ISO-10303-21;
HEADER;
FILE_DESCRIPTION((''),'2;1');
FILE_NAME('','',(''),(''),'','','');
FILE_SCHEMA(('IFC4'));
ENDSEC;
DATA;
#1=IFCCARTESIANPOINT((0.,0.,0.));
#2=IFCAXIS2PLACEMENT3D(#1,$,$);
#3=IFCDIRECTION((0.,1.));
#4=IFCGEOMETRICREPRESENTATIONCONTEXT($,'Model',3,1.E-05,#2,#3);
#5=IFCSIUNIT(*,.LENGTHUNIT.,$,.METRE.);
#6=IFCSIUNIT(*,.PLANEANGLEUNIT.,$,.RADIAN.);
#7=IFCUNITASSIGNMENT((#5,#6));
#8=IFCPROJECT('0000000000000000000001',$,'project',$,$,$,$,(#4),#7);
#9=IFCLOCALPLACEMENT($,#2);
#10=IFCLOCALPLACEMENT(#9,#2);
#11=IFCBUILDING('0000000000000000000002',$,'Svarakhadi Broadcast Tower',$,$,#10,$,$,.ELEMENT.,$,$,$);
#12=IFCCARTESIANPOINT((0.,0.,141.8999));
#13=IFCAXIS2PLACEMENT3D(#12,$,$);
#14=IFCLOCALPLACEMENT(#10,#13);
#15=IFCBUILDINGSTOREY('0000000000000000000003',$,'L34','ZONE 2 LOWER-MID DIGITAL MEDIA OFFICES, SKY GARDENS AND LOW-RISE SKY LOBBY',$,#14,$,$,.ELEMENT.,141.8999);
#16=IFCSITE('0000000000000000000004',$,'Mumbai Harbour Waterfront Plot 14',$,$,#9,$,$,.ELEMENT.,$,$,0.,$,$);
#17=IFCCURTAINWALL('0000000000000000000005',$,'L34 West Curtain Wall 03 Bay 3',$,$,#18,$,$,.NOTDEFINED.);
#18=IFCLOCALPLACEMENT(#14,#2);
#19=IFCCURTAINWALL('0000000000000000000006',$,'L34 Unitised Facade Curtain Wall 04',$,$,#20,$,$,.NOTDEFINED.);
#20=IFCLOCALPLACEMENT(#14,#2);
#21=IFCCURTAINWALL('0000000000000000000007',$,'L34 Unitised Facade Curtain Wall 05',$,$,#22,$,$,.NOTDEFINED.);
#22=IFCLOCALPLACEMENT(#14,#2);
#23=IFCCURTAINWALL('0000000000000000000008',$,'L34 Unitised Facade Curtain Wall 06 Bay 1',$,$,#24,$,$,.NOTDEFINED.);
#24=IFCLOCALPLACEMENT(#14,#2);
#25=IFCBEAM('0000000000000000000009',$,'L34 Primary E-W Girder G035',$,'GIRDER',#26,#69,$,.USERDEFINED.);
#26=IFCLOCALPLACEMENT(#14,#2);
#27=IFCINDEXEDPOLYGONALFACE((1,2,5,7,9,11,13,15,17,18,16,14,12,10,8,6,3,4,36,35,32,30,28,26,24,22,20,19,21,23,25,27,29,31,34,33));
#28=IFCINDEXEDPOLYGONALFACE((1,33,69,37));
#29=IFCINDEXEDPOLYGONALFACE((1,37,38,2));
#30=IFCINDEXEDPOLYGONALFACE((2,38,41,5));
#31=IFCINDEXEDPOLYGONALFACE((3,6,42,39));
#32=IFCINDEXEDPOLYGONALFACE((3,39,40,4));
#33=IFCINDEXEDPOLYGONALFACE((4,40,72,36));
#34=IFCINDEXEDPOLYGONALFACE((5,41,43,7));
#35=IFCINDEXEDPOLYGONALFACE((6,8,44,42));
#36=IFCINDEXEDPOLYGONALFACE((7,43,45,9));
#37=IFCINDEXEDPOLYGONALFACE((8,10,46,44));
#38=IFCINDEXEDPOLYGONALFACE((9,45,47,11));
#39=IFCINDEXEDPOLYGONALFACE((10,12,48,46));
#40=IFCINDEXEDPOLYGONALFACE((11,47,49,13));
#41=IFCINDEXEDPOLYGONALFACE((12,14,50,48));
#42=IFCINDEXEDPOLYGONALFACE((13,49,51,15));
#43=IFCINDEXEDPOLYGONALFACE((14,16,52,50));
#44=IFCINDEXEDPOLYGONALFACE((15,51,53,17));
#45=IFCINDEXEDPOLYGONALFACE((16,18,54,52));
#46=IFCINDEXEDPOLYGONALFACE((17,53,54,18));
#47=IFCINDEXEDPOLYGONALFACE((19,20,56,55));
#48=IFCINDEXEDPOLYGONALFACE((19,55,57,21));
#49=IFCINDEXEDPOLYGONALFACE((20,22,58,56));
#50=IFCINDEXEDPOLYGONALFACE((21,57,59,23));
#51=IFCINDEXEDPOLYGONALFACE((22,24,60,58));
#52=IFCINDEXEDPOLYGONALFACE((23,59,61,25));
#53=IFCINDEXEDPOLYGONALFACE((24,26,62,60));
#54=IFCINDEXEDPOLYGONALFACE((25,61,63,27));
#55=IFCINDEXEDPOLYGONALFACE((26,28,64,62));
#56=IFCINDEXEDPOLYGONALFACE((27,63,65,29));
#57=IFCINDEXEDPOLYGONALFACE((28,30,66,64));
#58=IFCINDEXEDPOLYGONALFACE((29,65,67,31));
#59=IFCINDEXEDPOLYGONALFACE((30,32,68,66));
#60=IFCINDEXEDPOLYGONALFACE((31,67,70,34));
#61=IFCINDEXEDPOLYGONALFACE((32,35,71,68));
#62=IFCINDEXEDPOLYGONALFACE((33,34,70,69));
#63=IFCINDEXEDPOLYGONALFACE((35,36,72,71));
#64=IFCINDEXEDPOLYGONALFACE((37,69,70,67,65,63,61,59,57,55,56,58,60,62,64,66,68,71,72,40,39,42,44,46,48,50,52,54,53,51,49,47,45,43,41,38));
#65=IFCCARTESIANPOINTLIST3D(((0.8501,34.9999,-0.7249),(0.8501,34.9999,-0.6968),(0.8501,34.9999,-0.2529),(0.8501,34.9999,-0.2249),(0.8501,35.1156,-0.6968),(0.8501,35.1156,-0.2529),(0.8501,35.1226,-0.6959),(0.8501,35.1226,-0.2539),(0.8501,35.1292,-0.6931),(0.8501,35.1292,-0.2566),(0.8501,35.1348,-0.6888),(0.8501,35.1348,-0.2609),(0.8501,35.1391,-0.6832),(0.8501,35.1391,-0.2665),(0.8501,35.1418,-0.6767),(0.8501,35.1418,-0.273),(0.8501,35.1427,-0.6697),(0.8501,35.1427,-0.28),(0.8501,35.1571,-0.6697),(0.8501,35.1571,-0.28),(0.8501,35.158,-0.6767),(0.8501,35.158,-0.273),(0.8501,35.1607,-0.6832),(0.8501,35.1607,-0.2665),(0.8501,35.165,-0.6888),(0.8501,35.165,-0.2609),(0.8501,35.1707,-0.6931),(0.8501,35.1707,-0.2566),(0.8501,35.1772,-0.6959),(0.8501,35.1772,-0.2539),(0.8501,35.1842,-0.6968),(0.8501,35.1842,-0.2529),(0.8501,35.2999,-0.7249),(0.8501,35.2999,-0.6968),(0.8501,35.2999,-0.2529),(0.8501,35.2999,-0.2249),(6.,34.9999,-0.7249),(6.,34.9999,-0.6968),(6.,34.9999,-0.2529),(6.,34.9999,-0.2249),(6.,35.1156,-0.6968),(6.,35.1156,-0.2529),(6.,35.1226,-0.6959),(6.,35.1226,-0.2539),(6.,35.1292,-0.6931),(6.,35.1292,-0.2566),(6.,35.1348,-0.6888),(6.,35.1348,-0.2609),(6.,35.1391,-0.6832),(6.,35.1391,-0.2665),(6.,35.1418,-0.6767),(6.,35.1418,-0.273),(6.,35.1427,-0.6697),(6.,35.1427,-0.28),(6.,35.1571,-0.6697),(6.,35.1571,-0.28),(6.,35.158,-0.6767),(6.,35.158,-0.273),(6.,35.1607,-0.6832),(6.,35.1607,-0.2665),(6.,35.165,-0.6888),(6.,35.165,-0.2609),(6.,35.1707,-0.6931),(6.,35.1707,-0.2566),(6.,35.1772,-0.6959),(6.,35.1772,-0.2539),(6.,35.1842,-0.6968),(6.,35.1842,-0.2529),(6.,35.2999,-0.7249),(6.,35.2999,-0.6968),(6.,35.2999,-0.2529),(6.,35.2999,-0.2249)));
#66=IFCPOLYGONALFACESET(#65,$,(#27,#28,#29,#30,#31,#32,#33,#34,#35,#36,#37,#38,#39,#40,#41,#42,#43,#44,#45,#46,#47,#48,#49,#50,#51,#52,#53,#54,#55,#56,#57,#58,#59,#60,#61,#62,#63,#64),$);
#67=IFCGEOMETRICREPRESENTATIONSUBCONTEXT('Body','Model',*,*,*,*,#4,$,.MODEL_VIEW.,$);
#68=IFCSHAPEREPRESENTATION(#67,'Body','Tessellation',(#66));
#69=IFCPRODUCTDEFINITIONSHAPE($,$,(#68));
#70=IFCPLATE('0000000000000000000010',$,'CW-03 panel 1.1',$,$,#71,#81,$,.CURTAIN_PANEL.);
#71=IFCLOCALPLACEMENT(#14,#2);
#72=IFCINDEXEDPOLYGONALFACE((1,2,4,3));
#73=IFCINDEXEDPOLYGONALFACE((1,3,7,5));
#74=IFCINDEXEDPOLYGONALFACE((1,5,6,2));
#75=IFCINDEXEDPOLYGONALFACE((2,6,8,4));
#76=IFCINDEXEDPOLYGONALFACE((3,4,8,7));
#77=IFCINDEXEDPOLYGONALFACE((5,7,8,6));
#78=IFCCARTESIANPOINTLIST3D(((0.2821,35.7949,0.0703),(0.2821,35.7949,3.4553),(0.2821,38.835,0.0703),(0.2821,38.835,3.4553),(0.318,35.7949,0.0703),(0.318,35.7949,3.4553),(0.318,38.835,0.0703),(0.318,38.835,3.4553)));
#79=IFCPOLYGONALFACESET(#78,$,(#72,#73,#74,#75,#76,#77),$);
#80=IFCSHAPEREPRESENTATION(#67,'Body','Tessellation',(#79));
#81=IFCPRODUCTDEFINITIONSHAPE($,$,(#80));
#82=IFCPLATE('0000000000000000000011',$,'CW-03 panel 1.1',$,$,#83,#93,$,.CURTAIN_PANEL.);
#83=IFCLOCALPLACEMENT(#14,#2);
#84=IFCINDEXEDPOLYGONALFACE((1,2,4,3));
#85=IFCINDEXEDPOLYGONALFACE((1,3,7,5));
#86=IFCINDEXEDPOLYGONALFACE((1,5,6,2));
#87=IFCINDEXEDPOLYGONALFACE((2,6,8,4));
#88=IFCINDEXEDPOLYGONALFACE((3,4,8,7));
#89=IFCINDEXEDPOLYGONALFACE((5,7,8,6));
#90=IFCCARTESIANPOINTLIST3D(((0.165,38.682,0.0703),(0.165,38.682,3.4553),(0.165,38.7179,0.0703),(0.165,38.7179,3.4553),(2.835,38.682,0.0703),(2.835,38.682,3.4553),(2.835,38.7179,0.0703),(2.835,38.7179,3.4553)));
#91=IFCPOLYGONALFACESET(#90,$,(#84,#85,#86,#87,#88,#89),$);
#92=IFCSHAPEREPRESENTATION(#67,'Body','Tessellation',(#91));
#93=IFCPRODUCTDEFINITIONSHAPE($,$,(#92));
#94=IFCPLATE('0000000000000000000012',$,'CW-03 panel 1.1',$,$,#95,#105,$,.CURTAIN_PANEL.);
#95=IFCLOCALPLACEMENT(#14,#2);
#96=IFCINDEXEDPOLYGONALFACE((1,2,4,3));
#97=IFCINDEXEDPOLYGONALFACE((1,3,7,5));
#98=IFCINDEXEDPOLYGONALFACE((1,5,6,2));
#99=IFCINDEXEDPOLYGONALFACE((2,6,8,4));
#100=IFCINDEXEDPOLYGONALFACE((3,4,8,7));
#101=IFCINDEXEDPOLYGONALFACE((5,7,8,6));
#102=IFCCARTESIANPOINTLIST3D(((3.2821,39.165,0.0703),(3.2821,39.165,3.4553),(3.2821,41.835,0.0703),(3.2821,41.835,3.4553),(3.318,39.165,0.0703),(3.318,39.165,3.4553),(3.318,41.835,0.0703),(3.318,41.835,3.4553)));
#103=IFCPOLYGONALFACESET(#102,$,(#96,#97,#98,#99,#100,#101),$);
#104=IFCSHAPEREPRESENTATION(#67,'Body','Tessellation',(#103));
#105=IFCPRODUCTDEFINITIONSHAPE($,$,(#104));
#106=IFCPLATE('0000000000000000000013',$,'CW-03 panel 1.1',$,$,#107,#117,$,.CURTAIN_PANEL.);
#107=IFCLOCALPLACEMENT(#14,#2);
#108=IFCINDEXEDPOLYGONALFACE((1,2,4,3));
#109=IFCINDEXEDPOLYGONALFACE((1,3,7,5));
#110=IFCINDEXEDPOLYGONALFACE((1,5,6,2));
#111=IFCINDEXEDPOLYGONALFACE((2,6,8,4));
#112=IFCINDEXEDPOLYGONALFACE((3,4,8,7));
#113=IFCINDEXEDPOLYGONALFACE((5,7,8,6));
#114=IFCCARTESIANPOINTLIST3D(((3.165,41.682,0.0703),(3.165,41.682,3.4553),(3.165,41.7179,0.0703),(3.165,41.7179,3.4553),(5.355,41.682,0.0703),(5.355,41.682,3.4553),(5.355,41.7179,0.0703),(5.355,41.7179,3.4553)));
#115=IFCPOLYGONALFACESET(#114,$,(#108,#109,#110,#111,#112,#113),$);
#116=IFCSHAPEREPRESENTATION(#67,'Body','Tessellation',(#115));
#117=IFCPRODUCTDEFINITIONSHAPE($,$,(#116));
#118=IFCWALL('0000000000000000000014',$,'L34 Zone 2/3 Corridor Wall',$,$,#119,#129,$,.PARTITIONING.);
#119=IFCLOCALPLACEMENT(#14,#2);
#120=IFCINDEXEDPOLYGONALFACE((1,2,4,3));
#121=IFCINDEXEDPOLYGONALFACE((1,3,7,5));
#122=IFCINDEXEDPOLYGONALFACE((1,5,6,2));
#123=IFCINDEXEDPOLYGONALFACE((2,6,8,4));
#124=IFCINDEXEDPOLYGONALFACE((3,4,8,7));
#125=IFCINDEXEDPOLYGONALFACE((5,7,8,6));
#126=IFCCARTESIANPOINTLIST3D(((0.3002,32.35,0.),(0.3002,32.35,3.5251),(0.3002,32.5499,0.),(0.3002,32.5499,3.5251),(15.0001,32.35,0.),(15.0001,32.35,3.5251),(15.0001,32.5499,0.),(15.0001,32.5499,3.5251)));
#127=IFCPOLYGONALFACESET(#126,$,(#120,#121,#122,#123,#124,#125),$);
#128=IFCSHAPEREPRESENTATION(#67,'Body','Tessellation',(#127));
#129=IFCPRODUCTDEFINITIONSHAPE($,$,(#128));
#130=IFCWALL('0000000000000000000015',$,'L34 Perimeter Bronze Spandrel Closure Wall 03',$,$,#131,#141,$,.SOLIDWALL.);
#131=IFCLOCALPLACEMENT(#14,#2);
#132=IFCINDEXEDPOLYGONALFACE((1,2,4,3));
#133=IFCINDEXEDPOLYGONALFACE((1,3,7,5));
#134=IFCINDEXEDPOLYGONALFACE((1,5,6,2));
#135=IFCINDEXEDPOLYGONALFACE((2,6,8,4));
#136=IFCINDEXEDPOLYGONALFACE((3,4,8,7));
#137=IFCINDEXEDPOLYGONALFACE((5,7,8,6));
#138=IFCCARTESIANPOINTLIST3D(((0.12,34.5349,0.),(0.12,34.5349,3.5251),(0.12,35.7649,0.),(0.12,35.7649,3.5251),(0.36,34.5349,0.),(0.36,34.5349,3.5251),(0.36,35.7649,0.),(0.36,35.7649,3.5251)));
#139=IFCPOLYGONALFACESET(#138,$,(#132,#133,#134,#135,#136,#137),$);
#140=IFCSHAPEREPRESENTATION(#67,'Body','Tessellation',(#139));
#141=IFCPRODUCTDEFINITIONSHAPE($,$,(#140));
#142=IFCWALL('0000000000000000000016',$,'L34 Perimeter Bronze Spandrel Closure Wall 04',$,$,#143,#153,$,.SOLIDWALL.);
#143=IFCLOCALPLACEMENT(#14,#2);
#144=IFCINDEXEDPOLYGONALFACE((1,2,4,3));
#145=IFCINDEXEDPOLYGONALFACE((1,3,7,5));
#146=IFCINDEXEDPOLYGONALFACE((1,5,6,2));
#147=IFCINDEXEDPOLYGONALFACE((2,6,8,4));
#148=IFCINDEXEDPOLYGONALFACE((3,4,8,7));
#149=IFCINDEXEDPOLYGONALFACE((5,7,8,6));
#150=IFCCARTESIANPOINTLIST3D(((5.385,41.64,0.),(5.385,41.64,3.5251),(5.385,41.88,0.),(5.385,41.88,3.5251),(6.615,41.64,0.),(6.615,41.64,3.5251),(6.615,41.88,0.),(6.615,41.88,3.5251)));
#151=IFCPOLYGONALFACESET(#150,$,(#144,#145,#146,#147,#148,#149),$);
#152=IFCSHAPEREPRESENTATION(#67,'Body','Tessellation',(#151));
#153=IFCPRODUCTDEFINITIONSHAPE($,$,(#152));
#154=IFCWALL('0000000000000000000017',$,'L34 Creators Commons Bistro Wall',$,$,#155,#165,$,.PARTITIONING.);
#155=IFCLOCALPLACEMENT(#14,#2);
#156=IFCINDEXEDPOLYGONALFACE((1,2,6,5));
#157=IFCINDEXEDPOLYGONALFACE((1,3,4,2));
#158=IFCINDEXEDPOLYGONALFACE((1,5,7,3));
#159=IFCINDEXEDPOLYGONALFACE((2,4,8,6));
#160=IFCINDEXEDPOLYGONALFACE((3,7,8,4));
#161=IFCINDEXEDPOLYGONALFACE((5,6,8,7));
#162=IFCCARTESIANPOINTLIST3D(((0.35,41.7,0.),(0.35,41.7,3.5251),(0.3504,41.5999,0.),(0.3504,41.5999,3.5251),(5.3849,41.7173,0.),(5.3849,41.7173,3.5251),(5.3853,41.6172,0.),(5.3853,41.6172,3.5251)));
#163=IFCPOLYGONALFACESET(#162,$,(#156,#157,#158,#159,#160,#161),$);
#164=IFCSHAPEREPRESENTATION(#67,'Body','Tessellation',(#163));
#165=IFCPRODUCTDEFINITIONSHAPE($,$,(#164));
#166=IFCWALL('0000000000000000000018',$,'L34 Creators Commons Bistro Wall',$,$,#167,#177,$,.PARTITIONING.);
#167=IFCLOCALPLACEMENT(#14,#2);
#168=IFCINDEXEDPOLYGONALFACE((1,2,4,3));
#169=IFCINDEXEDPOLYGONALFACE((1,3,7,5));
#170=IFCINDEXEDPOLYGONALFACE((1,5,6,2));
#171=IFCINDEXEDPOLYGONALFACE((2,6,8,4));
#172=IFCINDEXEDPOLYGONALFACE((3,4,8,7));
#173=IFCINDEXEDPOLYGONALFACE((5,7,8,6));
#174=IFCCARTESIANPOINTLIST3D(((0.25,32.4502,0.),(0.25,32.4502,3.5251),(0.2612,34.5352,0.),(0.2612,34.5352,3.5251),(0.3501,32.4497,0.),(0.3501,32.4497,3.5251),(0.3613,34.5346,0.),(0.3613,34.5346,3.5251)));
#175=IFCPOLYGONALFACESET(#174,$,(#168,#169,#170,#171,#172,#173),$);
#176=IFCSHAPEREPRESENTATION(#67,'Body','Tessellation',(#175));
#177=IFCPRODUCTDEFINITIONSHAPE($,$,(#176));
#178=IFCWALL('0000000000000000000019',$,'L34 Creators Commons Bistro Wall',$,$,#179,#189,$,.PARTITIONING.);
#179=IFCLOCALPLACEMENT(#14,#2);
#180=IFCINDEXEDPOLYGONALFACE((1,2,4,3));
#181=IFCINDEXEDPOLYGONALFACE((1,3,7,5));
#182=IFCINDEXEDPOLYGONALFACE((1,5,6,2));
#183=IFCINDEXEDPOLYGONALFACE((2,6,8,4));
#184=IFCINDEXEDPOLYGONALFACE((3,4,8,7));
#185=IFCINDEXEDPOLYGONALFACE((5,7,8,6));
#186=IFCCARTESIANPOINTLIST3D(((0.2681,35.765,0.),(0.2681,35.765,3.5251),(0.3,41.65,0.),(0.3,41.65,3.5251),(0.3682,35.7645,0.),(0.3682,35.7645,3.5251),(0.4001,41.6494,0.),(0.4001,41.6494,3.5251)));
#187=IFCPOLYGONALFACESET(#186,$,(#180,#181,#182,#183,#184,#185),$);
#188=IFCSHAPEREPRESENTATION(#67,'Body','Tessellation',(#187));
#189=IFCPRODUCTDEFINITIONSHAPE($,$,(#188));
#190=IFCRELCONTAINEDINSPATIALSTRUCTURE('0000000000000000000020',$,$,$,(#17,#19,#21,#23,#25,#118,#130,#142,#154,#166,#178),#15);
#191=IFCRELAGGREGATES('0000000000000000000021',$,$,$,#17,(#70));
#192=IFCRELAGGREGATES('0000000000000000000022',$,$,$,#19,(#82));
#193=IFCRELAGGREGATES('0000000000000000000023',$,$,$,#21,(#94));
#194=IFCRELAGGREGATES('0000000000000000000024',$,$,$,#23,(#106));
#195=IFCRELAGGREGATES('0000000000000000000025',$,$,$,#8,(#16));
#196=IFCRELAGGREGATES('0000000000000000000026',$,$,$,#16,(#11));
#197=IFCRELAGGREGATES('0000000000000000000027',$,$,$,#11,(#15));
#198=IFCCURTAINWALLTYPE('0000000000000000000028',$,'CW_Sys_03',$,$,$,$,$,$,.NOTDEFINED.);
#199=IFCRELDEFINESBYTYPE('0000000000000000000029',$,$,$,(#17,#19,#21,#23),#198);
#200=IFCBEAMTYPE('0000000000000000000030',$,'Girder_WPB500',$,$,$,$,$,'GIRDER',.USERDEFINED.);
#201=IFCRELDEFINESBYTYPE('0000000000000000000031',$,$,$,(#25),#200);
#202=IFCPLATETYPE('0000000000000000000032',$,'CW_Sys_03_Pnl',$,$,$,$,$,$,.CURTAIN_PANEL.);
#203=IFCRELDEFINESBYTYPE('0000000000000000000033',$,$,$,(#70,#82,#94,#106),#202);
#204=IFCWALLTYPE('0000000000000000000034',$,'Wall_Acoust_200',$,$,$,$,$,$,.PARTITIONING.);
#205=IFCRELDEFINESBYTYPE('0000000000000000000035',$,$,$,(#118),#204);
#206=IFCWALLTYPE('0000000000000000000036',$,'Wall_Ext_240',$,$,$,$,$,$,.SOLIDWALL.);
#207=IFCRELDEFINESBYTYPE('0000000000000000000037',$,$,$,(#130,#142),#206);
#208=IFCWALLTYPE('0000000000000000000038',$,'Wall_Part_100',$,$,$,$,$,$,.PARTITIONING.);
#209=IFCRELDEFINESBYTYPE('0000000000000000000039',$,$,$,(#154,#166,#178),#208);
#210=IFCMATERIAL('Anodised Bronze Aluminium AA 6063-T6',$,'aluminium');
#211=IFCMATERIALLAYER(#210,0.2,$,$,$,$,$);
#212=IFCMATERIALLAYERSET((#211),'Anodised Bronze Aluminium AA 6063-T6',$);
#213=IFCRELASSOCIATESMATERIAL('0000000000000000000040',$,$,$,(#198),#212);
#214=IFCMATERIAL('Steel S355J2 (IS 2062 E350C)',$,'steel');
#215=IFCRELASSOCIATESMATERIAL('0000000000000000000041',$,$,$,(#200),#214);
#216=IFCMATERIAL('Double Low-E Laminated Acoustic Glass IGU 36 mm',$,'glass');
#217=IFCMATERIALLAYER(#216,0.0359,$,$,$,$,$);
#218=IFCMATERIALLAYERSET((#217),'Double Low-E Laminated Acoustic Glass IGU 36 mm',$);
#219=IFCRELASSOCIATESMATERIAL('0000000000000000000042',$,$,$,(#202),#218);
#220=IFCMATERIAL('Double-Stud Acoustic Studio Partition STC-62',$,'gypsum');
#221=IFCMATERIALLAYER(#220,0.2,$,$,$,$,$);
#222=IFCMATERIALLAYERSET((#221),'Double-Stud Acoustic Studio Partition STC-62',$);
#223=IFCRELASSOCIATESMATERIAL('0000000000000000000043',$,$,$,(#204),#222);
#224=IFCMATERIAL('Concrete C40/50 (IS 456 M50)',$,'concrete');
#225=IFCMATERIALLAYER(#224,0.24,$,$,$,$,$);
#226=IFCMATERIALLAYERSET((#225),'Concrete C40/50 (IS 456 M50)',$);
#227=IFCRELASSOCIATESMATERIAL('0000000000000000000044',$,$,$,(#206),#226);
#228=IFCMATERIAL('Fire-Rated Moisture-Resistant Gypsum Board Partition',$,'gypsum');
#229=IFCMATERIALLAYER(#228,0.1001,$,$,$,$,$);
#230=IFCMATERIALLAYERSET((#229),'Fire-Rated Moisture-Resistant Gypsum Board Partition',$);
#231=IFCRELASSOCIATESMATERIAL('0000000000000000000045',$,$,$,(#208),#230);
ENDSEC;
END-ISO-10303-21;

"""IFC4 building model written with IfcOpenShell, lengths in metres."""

from ifc_helpers import new_model, si_unit, direction, frame, frame_2d, origin, origin_2d, place, context, subcontext, project, spatial, rectangle, i_section, extrude, material, layer, layer_set, material_profile, profile_set, type_object, element, aggregate, save


model = new_model("IFC4")

# Units and contexts
model_context = context("Model", 3, precision=1e-05, world=origin(), true_north=direction((0.0, 1.0)))
body_context = subcontext(model_context, "Body", "Model", "MODEL_VIEW")
ifc_project = project(units=[si_unit("LENGTHUNIT", "METRE"), si_unit("PLANEANGLEUNIT", "RADIAN")], contexts=[model_context])

# Site, building, storey
site_placement = place(None, origin())
site = spatial("IfcSite", under=ifc_project, at=site_placement, Name="Mumbai Harbour Waterfront Plot 14", CompositionType="ELEMENT", RefElevation=0.0)
building_placement = place(site_placement, origin())
building = spatial("IfcBuilding", under=site, at=building_placement, Name="Svarakhadi Broadcast Tower", CompositionType="ELEMENT")
storey_placement = place(building_placement, frame((0.0, 0.0, 141.8999)))
storey = spatial("IfcBuildingStorey", under=building, at=storey_placement, Name="L34", Description="ZONE 2 LOWER-MID DIGITAL MEDIA OFFICES, SKY GARDENS AND LOW-RISE SKY LOBBY", CompositionType="ELEMENT", Elevation=141.8999)

# Shared definitions
ifc_material_1 = material(Name="Steel S355J2 (IS 2062 E350C)", Category="steel")

# Shared definitions
ifc_material_2 = material(Name="Anodised Bronze Aluminium AA 6063-T6", Category="aluminium")
ifc_layer_1 = layer(ifc_material_2, 0.2)
ifc_layer_set_1 = layer_set([ifc_layer_1], Name="Anodised Bronze Aluminium AA 6063-T6")
curtain_wall_type = type_object("IfcCurtainWallType", Name="CW_Sys_03", PredefinedType="NOTDEFINED", material=ifc_layer_set_1)

# Curtain walls
curtain_wall_1_placement = place(storey_placement, origin())
curtain_wall_1 = element("IfcCurtainWall", 1, at=curtain_wall_1_placement, inside=storey, type_object=curtain_wall_type, Name="L34 West Curtain Wall 03 Bay 3", PredefinedType="NOTDEFINED")
curtain_wall_2_placement = place(storey_placement, origin())
curtain_wall_2 = element("IfcCurtainWall", 2, at=curtain_wall_2_placement, inside=storey, type_object=curtain_wall_type, Name="L34 Unitised Facade Curtain Wall 04", PredefinedType="NOTDEFINED")
curtain_wall_3_placement = place(storey_placement, origin())
curtain_wall_3 = element("IfcCurtainWall", 3, at=curtain_wall_3_placement, inside=storey, type_object=curtain_wall_type, Name="L34 Unitised Facade Curtain Wall 05", PredefinedType="NOTDEFINED")
curtain_wall_4_placement = place(storey_placement, origin())
curtain_wall_4 = element("IfcCurtainWall", 4, at=curtain_wall_4_placement, inside=storey, type_object=curtain_wall_type, Name="L34 Unitised Facade Curtain Wall 06 Bay 1", PredefinedType="NOTDEFINED")

# Beam
ifc_material_profile_1 = material_profile(ifc_material_1, i_section(OverallWidth=0.3, OverallDepth=0.5, WebThickness=0.0144, FlangeThickness=0.0281, FilletRadius=0.0271, at=origin_2d()), Name="WPB 500x300x187")
ifc_profile_set_1 = profile_set([ifc_material_profile_1], Name="Steel S355J2 (IS 2062 E350C)")
beam_type_1 = type_object("IfcBeamType", Name="Girder_WPB500", ElementType="GIRDER", PredefinedType="USERDEFINED", material=ifc_profile_set_1)
beam_1_placement = place(storey_placement, frame((0.8501, 35.1499, -0.4749), z_axis=(1.0, 0.0, 0.0), x_axis=(0.0, 1.0, 0.0)))
element("IfcBeam", 5, at=beam_1_placement, inside=storey, type_object=beam_type_1, Name="L34 Primary E-W Girder G035", ObjectType="GIRDER", PredefinedType="USERDEFINED", context=body_context, shape_type="SweptSolid", body=[
    extrude(i_section(OverallWidth=0.3, OverallDepth=0.5, WebThickness=0.0144, FlangeThickness=0.0281, FilletRadius=0.0271, at=origin_2d()), origin(), (0.0, 0.0, 1.0), 5.1499),
])

# Plates
ifc_material_3 = material(Name="Double Low-E Laminated Acoustic Glass IGU 36 mm", Category="glass")
ifc_layer_2 = layer(ifc_material_3, 0.0359)
ifc_layer_set_2 = layer_set([ifc_layer_2], Name="Double Low-E Laminated Acoustic Glass IGU 36 mm")
plate_type = type_object("IfcPlateType", Name="CW_Sys_03_Pnl", PredefinedType="CURTAIN_PANEL", material=ifc_layer_set_2)
plate_1_placement = place(storey_placement, frame((0.3, 37.3149, 0.0703), z_axis=(0.0, 0.0, 1.0), x_axis=(0.0, 1.0, 0.0)))
plate_1 = element("IfcPlate", 6, at=plate_1_placement, type_object=plate_type, Name="CW-03 panel 1.1", PredefinedType="CURTAIN_PANEL", context=body_context, shape_type="SweptSolid", body=[
    extrude(rectangle(XDim=3.04, YDim=0.0359, at=origin_2d()), origin(), (0.0, 0.0, 1.0), 3.385),
])
aggregate(curtain_wall_1, [plate_1])
plate_2_placement = place(storey_placement, frame((1.5, 38.7, 0.0703), z_axis=(0.0, 0.0, 1.0), x_axis=(1.0, 0.0, 0.0)))
plate_2 = element("IfcPlate", 7, at=plate_2_placement, type_object=plate_type, Name="CW-03 panel 1.1", PredefinedType="CURTAIN_PANEL", context=body_context, shape_type="SweptSolid", body=[
    extrude(rectangle(XDim=2.6699, YDim=0.0359, at=origin_2d()), origin(), (0.0, 0.0, 1.0), 3.385),
])
aggregate(curtain_wall_2, [plate_2])
plate_3_placement = place(storey_placement, frame((3.3, 40.5, 0.0703), z_axis=(0.0, 0.0, 1.0), x_axis=(0.0, 1.0, 0.0)))
plate_3 = element("IfcPlate", 8, at=plate_3_placement, type_object=plate_type, Name="CW-03 panel 1.1", PredefinedType="CURTAIN_PANEL", context=body_context, shape_type="SweptSolid", body=[
    extrude(rectangle(XDim=2.6699, YDim=0.0359, at=origin_2d()), origin(), (0.0, 0.0, 1.0), 3.385),
])
aggregate(curtain_wall_3, [plate_3])
plate_4_placement = place(storey_placement, frame((4.26, 41.7, 0.0703), z_axis=(0.0, 0.0, 1.0), x_axis=(1.0, 0.0, 0.0)))
plate_4 = element("IfcPlate", 9, at=plate_4_placement, type_object=plate_type, Name="CW-03 panel 1.1", PredefinedType="CURTAIN_PANEL", context=body_context, shape_type="SweptSolid", body=[
    extrude(rectangle(XDim=2.1899, YDim=0.0359, at=origin_2d()), origin(), (0.0, 0.0, 1.0), 3.385),
])
aggregate(curtain_wall_4, [plate_4])

# Walls
ifc_material_4 = material(Name="Double-Stud Acoustic Studio Partition STC-62", Category="gypsum")
ifc_layer_3 = layer(ifc_material_4, 0.2)
ifc_layer_set_3 = layer_set([ifc_layer_3], Name="Double-Stud Acoustic Studio Partition STC-62")
wall_type_1 = type_object("IfcWallType", Name="Wall_Acoust_200", PredefinedType="PARTITIONING", material=ifc_layer_set_3)
wall_1_placement = place(storey_placement, frame((0.3, 32.45, 0.0), z_axis=(0.0, 0.0, 1.0), x_axis=(1.0, 0.0, 0.0)))
element("IfcWall", 10, at=wall_1_placement, inside=storey, type_object=wall_type_1, Name="L34 Zone 2/3 Corridor Wall", PredefinedType="PARTITIONING", context=body_context, shape_type="SweptSolid", body=[
    extrude(rectangle(XDim=14.7, YDim=0.2, at=frame_2d((7.3501, 0.0))), origin(), (0.0, 0.0, 1.0), 3.5251),
])
ifc_material_5 = material(Name="Concrete C40/50 (IS 456 M50)", Category="concrete")
ifc_layer_4 = layer(ifc_material_5, 0.24)
ifc_layer_set_4 = layer_set([ifc_layer_4], Name="Concrete C40/50 (IS 456 M50)")
wall_type_2 = type_object("IfcWallType", Name="Wall_Ext_240", PredefinedType="SOLIDWALL", material=ifc_layer_set_4)
for number, where, z_axis, x_axis, name in (
    (11, (0.24, 34.5349, 0.0), (0.0, 0.0, 1.0), (0.0, 1.0, 0.0), "L34 Perimeter Bronze Spandrel Closure Wall 03"),
    (12, (5.385, 41.76, 0.0), (0.0, 0.0, 1.0), (1.0, 0.0, 0.0), "L34 Perimeter Bronze Spandrel Closure Wall 04"),
):
    element("IfcWall", number, at=place(storey_placement, frame(where, z_axis=z_axis, x_axis=x_axis)), inside=storey, type_object=wall_type_2, Name=name, PredefinedType="SOLIDWALL", context=body_context, shape_type="SweptSolid", body=[
        extrude(rectangle(XDim=1.23, YDim=0.24, at=frame_2d((0.615, 0.0))), origin(), (0.0, 0.0, 1.0), 3.5251),
    ])
ifc_material_6 = material(Name="Fire-Rated Moisture-Resistant Gypsum Board Partition", Category="gypsum")
ifc_layer_5 = layer(ifc_material_6, 0.1001)
ifc_layer_set_5 = layer_set([ifc_layer_5], Name="Fire-Rated Moisture-Resistant Gypsum Board Partition")
wall_type_3 = type_object("IfcWallType", Name="Wall_Part_100", PredefinedType="PARTITIONING", material=ifc_layer_set_5)
wall_2_placement = place(storey_placement, frame((0.3501, 41.6499, 0.0), z_axis=(0.0, 0.0, 1.0), x_axis=(0.999994, 0.003443, 0.0)))
element("IfcWall", 13, at=wall_2_placement, inside=storey, type_object=wall_type_3, Name="L34 Creators Commons Bistro Wall", PredefinedType="PARTITIONING", context=body_context, shape_type="SweptSolid", body=[
    extrude(rectangle(XDim=5.0349, YDim=0.1001, at=frame_2d((2.5176, 0.0))), origin(), (0.0, 0.0, 1.0), 3.5251),
])
wall_3_placement = place(storey_placement, frame((0.3, 32.45, 0.0), z_axis=(0.0, 0.0, 1.0), x_axis=(0.005386, 0.999985, 0.0)))
element("IfcWall", 14, at=wall_3_placement, inside=storey, type_object=wall_type_3, Name="L34 Creators Commons Bistro Wall", PredefinedType="PARTITIONING", context=body_context, shape_type="SweptSolid", body=[
    extrude(rectangle(XDim=2.085, YDim=0.1001, at=frame_2d((1.0425, 0.0))), origin(), (0.0, 0.0, 1.0), 3.5251),
])
wall_4_placement = place(storey_placement, frame((0.3181, 35.7649, 0.0), z_axis=(0.0, 0.0, 1.0), x_axis=(0.005434, 0.999985, 0.0)))
element("IfcWall", 15, at=wall_4_placement, inside=storey, type_object=wall_type_3, Name="L34 Creators Commons Bistro Wall", PredefinedType="PARTITIONING", context=body_context, shape_type="SweptSolid", body=[
    extrude(rectangle(XDim=5.885, YDim=0.1001, at=frame_2d((2.9424, 0.0))), origin(), (0.0, 0.0, 1.0), 3.5251),
])

save(model, "model.ifc")
